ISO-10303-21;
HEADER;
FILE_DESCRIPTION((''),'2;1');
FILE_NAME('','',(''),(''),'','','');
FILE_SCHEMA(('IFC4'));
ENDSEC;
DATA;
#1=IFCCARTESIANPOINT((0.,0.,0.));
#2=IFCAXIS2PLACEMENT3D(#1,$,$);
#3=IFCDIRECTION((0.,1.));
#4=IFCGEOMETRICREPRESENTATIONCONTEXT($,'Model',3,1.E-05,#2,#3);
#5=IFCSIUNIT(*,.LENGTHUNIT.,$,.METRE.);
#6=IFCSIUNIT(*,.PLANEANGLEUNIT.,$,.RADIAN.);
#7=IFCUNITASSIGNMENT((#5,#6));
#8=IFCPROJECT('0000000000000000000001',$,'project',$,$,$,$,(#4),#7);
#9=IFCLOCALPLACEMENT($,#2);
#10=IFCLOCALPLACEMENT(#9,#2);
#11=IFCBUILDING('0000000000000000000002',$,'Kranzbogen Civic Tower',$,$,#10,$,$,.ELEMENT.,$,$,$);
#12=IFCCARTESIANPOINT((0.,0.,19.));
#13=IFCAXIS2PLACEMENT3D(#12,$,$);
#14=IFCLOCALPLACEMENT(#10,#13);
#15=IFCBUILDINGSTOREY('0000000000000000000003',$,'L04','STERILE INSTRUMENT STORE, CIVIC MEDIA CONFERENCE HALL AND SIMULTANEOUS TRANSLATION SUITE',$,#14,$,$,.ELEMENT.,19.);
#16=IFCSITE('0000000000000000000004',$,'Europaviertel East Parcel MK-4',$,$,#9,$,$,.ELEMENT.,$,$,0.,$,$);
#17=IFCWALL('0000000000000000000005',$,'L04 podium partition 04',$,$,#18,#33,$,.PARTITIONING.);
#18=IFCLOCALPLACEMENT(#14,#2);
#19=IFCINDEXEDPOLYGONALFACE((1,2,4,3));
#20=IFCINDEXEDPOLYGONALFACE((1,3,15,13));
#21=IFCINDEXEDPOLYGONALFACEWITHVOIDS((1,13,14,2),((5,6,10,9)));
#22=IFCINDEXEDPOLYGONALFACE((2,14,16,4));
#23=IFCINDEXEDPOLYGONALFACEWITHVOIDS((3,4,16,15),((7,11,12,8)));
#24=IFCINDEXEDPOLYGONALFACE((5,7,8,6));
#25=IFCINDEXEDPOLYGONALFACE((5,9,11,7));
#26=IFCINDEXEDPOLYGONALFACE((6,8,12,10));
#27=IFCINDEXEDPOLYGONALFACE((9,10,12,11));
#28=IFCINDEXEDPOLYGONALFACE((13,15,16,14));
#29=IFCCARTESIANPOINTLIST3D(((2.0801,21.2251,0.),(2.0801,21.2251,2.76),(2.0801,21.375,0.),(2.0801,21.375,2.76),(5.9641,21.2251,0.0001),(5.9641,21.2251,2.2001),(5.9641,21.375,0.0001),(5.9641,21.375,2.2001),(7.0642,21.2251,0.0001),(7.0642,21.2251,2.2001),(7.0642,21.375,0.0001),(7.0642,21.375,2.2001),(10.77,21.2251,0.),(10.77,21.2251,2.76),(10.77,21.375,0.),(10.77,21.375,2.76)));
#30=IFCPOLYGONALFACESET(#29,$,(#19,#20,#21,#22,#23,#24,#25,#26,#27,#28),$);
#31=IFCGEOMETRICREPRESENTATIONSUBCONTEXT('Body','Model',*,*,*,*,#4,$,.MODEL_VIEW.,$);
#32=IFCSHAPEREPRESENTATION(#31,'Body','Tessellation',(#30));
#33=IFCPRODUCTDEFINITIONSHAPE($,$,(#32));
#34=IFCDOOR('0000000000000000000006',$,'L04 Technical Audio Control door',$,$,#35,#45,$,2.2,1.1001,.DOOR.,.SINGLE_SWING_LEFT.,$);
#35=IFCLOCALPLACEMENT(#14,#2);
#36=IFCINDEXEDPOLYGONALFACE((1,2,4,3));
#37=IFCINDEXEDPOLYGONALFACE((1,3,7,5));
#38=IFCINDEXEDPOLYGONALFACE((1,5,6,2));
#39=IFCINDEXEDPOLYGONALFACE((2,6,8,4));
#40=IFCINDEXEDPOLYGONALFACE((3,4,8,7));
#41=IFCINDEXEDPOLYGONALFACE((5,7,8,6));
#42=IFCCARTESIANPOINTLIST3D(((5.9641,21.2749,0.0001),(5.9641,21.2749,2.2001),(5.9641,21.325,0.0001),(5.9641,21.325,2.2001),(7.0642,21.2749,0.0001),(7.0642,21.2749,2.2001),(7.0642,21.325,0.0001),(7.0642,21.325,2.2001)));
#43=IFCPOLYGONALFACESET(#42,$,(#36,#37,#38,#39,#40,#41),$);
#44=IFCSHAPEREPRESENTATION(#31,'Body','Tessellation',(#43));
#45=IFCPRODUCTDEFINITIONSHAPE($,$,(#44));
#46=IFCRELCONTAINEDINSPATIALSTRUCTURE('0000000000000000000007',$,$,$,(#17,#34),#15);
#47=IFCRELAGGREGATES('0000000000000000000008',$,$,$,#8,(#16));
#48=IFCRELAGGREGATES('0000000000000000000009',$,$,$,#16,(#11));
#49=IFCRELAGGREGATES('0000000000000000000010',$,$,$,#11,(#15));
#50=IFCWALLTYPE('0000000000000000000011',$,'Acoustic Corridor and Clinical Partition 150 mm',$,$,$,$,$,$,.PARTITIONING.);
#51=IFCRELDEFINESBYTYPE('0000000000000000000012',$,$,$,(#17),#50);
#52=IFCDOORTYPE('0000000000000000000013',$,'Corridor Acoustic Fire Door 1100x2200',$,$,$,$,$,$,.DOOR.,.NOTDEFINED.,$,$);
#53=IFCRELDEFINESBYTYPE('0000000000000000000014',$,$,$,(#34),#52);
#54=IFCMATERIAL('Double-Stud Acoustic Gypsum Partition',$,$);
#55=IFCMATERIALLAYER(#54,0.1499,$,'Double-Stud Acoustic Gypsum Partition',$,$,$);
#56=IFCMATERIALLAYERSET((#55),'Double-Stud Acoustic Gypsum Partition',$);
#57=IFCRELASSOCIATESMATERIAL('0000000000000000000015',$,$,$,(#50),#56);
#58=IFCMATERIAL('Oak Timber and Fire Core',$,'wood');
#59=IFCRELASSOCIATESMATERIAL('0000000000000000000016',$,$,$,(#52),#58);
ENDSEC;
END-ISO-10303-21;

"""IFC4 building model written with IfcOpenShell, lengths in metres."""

from ifc_helpers import new_model, si_unit, direction, frame, frame_2d, origin, place, context, subcontext, project, spatial, rectangle, extrude, material, layer, layer_set, type_object, element, fill, save


model = new_model("IFC4")

# Units and contexts
model_context = context("Model", 3, precision=1e-05, world=origin(), true_north=direction((0.0, 1.0)))
body_context = subcontext(model_context, "Body", "Model", "MODEL_VIEW")
ifc_project = project(units=[si_unit("LENGTHUNIT", "METRE"), si_unit("PLANEANGLEUNIT", "RADIAN")], contexts=[model_context])

# Site, building, storey
site_placement = place(None, origin())
site = spatial("IfcSite", under=ifc_project, at=site_placement, Name="Europaviertel East Parcel MK-4", CompositionType="ELEMENT", RefElevation=0.0)
building_placement = place(site_placement, origin())
building = spatial("IfcBuilding", under=site, at=building_placement, Name="Kranzbogen Civic Tower", CompositionType="ELEMENT")
storey_placement = place(building_placement, frame((0.0, 0.0, 19.0)))
storey = spatial("IfcBuildingStorey", under=building, at=storey_placement, Name="L04", Description="STERILE INSTRUMENT STORE, CIVIC MEDIA CONFERENCE HALL AND SIMULTANEOUS TRANSLATION SUITE", CompositionType="ELEMENT", Elevation=19.0)

# Wall, opening, door
ifc_material_1 = material(Name="Double-Stud Acoustic Gypsum Partition")
ifc_layer_1 = layer(ifc_material_1, 0.1499, Name="Double-Stud Acoustic Gypsum Partition")
ifc_layer_set_1 = layer_set([ifc_layer_1], Name="Double-Stud Acoustic Gypsum Partition")
wall_type = type_object("IfcWallType", Name="Acoustic Corridor and Clinical Partition 150 mm", PredefinedType="PARTITIONING", material=ifc_layer_set_1)
wall_placement = place(storey_placement, frame((2.0801, 21.3, 0.0), z_axis=(0.0, 0.0, 1.0), x_axis=(1.0, 0.0, 0.0)))
wall = element("IfcWall", 1, at=wall_placement, inside=storey, type_object=wall_type, Name="L04 podium partition 04", PredefinedType="PARTITIONING", context=body_context, shape_type="SweptSolid", body=[
    extrude(rectangle(XDim=8.6899, YDim=0.1499, at=frame_2d((4.345, 0.0))), origin(), (0.0, 0.0, 1.0), 2.76),
])
opening_placement = place(wall_placement, frame((3.884, 0.0, 0.0)))
opening = element("IfcOpeningElement", 2, at=opening_placement, cuts=wall, PredefinedType="OPENING", context=body_context, shape_type="SweptSolid", body=[
    extrude(rectangle(XDim=1.1001, YDim=2.2, at=frame_2d((0.55, 1.1001))), frame((0.0, 0.085, 0.0), z_axis=(0.0, -1.0, 0.0), x_axis=(1.0, 0.0, 0.0)), (0.0, 0.0, 1.0), 0.1699),
])
ifc_material_2 = material(Name="Oak Timber and Fire Core", Category="wood")
door_type = type_object("IfcDoorType", Name="Corridor Acoustic Fire Door 1100x2200", OperationType="NOTDEFINED", PredefinedType="DOOR", material=ifc_material_2)
door_placement = place(opening_placement, origin())
door = element("IfcDoor", 3, at=door_placement, inside=storey, type_object=door_type, Name="L04 Technical Audio Control door", OperationType="SINGLE_SWING_LEFT", OverallHeight=2.2, OverallWidth=1.1001, PredefinedType="DOOR", context=body_context, shape_type="SweptSolid", body=[
    extrude(rectangle(XDim=1.1001, YDim=2.2, at=frame_2d((0.55, 1.1001))), frame((0.0, 0.0249, 0.0), z_axis=(0.0, -1.0, 0.0), x_axis=(1.0, 0.0, 0.0)), (0.0, 0.0, 1.0), 0.05),
])
fill(opening, door)

save(model, "model.ifc")
